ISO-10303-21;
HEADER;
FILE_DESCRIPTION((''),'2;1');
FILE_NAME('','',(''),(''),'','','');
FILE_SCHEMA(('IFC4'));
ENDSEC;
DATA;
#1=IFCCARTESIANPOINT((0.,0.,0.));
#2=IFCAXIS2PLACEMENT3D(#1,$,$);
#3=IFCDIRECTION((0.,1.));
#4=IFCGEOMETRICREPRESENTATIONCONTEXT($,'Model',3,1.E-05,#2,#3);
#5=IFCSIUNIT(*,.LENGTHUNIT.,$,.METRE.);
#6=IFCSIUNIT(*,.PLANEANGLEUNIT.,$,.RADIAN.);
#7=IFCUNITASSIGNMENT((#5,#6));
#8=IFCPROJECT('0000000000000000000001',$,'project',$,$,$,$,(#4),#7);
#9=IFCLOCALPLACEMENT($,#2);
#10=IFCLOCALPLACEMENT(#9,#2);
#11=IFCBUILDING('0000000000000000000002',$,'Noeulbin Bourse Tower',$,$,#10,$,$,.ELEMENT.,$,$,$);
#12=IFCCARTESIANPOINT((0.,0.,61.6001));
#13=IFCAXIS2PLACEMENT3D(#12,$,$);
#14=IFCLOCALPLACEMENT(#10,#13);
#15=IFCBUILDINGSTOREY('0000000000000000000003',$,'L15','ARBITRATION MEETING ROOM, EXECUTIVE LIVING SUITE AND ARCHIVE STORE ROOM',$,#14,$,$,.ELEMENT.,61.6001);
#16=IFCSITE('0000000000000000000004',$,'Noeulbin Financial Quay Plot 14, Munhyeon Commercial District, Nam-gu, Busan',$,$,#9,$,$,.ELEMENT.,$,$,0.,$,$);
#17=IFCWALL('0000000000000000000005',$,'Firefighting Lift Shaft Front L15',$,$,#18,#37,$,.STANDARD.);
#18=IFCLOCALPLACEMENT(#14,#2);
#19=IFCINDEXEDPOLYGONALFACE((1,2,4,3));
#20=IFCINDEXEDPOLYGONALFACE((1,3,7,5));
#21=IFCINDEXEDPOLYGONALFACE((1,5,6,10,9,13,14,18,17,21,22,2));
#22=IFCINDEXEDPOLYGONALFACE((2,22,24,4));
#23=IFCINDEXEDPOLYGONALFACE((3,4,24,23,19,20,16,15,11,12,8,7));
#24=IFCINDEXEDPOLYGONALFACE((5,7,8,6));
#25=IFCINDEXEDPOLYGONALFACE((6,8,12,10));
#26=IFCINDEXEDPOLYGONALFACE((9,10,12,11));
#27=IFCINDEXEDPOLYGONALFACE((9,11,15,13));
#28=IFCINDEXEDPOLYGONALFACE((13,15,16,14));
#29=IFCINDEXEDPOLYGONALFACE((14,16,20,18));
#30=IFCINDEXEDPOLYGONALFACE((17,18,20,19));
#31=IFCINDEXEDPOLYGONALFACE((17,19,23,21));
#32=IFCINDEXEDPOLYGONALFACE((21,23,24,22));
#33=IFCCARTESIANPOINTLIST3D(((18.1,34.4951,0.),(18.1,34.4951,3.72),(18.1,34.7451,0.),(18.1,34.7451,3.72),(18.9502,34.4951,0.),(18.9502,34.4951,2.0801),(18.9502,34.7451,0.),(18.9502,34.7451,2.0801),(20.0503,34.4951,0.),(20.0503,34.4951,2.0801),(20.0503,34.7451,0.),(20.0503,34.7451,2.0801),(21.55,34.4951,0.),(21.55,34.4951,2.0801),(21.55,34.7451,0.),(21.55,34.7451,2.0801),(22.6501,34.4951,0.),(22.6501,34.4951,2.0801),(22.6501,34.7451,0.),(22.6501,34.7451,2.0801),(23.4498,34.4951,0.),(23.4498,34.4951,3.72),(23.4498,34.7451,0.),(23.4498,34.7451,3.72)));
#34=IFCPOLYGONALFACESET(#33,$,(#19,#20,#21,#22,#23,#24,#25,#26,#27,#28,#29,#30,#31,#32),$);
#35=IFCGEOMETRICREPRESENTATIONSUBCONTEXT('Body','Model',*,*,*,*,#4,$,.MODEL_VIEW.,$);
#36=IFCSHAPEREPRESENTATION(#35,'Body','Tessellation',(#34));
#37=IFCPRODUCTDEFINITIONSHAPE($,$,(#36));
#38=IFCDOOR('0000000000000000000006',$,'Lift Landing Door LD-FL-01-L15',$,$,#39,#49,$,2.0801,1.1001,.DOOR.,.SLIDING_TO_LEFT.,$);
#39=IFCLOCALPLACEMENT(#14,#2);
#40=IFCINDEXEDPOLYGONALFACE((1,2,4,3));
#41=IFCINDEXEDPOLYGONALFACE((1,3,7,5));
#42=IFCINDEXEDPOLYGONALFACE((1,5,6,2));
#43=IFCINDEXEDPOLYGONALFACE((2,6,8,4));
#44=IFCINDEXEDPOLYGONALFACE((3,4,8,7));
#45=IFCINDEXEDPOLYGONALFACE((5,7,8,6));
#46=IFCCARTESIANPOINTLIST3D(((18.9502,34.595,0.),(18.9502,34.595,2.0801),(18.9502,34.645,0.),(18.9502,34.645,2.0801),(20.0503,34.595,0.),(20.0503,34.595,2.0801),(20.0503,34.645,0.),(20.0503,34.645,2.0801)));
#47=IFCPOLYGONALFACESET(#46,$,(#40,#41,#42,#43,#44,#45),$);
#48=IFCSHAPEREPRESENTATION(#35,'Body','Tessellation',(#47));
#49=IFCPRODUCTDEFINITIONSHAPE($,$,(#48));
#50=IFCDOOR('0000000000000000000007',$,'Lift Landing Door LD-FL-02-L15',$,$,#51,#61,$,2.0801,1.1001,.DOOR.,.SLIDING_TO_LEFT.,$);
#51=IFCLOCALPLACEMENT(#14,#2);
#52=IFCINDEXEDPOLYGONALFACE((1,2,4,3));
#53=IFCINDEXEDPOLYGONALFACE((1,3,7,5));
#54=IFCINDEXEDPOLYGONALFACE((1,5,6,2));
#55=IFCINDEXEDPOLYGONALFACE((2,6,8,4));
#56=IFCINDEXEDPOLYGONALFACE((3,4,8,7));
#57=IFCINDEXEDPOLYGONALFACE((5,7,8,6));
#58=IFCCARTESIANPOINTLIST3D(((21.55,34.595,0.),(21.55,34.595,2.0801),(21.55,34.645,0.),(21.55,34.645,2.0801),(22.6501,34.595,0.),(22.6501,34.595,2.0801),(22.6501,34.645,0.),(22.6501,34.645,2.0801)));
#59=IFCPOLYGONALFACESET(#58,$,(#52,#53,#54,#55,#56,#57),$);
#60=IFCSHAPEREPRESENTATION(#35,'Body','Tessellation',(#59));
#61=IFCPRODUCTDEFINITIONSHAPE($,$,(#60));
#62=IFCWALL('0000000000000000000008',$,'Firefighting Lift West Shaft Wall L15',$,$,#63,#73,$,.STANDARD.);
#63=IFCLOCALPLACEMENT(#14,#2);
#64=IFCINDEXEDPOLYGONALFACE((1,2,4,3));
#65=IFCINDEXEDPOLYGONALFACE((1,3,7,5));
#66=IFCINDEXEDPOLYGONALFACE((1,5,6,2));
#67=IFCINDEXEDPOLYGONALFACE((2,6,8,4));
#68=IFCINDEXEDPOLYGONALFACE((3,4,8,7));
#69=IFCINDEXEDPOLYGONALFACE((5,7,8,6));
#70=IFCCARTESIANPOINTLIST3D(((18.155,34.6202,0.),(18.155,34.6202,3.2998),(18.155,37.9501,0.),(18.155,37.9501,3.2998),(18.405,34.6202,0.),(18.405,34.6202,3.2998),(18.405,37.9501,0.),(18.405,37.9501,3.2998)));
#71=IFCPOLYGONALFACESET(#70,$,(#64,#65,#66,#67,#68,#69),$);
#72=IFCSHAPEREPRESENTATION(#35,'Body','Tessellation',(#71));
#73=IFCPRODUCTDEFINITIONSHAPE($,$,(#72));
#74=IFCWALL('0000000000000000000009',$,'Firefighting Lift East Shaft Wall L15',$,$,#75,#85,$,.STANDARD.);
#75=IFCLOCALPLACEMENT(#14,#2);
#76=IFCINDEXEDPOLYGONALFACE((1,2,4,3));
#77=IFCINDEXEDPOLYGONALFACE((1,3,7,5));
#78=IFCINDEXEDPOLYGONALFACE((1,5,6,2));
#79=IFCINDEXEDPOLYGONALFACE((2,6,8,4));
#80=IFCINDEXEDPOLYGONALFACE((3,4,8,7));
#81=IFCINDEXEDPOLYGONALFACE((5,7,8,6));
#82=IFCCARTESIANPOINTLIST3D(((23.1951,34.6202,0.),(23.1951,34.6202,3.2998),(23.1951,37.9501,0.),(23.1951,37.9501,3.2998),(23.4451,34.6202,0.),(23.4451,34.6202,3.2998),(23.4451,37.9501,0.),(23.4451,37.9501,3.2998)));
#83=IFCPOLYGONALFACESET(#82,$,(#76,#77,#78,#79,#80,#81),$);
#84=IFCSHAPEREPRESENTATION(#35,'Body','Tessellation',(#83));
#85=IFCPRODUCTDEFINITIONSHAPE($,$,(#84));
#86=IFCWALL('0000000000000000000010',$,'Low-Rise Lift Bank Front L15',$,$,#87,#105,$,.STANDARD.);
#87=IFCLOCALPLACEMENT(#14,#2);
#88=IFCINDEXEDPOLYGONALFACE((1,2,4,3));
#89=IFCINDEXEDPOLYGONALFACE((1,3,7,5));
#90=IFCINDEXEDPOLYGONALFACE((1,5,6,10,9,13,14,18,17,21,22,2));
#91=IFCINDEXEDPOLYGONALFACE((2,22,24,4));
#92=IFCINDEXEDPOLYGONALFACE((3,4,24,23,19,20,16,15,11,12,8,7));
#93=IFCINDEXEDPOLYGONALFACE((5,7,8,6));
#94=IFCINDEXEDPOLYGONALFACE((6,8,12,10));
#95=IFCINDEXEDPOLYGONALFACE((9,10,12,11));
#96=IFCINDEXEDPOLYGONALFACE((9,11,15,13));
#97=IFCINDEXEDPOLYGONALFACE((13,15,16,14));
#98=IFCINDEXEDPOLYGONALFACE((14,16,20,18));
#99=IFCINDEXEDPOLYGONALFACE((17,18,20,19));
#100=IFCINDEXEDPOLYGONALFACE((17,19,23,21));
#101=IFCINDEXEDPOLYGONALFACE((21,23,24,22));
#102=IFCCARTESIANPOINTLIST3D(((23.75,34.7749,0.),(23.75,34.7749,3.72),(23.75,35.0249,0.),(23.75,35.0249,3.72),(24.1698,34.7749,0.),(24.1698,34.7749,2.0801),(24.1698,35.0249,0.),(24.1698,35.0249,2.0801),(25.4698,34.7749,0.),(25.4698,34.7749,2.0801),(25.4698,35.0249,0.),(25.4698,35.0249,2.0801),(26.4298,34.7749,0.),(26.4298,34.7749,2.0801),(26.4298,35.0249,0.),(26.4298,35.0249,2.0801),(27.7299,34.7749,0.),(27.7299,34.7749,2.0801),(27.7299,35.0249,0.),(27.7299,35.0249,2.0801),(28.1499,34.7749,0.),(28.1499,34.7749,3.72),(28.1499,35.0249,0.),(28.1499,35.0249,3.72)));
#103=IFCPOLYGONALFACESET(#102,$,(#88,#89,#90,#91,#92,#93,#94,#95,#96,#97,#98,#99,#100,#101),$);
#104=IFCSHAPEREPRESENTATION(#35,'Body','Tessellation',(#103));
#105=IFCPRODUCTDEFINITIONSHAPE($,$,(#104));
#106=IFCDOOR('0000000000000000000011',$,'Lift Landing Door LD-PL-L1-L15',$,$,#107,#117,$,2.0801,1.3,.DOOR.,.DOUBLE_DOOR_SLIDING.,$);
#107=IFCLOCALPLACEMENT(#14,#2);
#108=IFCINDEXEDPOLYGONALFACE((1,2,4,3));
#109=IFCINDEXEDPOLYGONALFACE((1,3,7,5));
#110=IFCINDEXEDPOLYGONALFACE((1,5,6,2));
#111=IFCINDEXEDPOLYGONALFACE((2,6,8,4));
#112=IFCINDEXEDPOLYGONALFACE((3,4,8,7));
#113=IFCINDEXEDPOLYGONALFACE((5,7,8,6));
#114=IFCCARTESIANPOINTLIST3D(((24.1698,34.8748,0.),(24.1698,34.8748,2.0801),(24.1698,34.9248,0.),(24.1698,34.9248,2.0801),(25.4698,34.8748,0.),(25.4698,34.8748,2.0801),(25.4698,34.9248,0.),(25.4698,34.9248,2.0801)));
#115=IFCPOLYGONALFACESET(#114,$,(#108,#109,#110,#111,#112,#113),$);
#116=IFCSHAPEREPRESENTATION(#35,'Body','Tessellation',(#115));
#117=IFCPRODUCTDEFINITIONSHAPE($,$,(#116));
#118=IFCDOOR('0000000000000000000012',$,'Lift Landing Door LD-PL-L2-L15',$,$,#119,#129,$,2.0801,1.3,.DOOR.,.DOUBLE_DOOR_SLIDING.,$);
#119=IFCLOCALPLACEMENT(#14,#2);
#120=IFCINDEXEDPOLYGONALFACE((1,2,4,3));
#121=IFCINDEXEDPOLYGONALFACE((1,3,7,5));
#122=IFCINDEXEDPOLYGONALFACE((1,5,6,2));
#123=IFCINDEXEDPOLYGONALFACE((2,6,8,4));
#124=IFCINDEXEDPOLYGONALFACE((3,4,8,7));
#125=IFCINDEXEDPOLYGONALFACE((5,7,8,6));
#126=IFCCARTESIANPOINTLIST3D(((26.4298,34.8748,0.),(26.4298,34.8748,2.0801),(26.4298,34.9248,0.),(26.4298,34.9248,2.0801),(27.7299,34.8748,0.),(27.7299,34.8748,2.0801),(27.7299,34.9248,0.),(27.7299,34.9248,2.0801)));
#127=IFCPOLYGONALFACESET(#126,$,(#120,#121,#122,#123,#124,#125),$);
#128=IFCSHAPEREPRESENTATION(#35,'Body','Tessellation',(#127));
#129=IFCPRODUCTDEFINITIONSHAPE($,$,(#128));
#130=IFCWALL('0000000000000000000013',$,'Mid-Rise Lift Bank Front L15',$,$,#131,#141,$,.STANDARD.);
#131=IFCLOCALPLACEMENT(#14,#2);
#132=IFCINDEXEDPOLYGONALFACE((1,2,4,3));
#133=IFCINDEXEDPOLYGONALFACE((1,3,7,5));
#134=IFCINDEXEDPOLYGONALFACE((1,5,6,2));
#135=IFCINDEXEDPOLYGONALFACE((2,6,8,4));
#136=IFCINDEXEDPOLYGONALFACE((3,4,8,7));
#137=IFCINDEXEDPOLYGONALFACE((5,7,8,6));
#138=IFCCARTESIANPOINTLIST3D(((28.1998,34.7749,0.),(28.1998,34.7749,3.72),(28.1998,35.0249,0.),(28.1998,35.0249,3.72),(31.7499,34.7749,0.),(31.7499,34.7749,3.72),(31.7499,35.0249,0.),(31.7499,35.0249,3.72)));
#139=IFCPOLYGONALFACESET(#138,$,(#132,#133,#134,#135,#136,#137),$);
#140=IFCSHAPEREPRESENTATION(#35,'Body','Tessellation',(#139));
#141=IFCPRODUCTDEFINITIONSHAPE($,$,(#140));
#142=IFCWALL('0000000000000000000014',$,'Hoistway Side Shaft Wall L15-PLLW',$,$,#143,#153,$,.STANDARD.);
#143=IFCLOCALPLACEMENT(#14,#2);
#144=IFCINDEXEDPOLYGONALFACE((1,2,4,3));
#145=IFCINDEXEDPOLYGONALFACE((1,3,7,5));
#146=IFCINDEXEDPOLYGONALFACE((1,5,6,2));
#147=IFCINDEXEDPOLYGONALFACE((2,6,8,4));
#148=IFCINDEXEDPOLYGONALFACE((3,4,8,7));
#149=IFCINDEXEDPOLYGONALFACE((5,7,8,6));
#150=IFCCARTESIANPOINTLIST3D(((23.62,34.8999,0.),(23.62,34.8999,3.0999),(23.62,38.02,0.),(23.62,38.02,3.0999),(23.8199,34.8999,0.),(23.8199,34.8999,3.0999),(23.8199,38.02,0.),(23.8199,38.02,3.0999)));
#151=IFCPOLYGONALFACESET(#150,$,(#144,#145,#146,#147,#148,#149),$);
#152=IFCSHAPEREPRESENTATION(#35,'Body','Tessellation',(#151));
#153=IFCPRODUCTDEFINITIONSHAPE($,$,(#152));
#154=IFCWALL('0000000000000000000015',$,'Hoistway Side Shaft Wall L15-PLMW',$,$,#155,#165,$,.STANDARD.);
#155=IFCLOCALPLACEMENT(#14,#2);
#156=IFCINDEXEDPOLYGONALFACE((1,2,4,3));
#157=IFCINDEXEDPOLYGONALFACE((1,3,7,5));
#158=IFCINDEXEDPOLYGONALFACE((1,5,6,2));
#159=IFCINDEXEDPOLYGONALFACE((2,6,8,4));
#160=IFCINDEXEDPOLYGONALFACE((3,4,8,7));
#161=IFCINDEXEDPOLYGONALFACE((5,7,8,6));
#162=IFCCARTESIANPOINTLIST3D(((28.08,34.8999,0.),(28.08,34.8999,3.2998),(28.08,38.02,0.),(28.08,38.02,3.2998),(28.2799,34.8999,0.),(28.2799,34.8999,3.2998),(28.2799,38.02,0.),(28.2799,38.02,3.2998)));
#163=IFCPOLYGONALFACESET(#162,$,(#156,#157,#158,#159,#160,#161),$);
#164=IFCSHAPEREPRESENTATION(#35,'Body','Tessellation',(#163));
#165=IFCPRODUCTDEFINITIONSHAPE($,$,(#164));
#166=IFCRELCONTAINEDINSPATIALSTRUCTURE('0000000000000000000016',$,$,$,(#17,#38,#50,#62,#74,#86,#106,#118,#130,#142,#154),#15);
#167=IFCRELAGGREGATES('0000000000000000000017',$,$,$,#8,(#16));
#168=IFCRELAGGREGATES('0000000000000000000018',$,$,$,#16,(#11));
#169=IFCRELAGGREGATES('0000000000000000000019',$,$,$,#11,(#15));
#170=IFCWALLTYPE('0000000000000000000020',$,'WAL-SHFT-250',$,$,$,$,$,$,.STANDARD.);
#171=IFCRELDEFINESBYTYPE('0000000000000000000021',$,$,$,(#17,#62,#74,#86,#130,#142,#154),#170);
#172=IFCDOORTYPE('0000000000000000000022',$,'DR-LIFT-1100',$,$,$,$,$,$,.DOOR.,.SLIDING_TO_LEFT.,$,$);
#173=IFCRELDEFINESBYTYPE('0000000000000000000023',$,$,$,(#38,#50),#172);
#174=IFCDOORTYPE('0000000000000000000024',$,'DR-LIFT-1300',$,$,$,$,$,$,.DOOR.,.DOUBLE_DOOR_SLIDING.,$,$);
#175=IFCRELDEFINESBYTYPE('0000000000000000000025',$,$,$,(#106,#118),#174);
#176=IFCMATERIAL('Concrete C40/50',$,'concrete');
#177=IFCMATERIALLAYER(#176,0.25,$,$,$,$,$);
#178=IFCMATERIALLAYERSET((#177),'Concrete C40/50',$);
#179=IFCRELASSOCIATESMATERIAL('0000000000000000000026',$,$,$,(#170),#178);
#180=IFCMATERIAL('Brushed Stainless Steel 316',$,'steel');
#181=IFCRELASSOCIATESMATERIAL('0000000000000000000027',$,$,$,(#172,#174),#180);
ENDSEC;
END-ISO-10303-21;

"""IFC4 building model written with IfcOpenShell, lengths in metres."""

from ifc_helpers import new_model, si_unit, direction, frame, frame_2d, origin, place, context, subcontext, project, spatial, rectangle, extrude, material, layer, layer_set, type_object, element, fill, save


model = new_model("IFC4")

# Units and contexts
model_context = context("Model", 3, precision=1e-05, world=origin(), true_north=direction((0.0, 1.0)))
body_context = subcontext(model_context, "Body", "Model", "MODEL_VIEW")
ifc_project = project(units=[si_unit("LENGTHUNIT", "METRE"), si_unit("PLANEANGLEUNIT", "RADIAN")], contexts=[model_context])

# Site, building, storey
site_placement = place(None, origin())
site = spatial("IfcSite", under=ifc_project, at=site_placement, Name="Noeulbin Financial Quay Plot 14, Munhyeon Commercial District, Nam-gu, Busan", CompositionType="ELEMENT", RefElevation=0.0)
building_placement = place(site_placement, origin())
building = spatial("IfcBuilding", under=site, at=building_placement, Name="Noeulbin Bourse Tower", CompositionType="ELEMENT")
storey_placement = place(building_placement, frame((0.0, 0.0, 61.6001)))
storey = spatial("IfcBuildingStorey", under=building, at=storey_placement, Name="L15", Description="ARBITRATION MEETING ROOM, EXECUTIVE LIVING SUITE AND ARCHIVE STORE ROOM", CompositionType="ELEMENT", Elevation=61.6001)

# Shared definitions
ifc_material_1 = material(Name="Concrete C40/50", Category="concrete")
ifc_layer_1 = layer(ifc_material_1, 0.25)
ifc_layer_set_1 = layer_set([ifc_layer_1], Name="Concrete C40/50")
wall_type_1 = type_object("IfcWallType", Name="WAL-SHFT-250", PredefinedType="STANDARD", material=ifc_layer_set_1)

# Wall, openings, doors
wall_1_placement = place(storey_placement, frame((18.1001, 34.6201, 0.0), z_axis=(0.0, 0.0, 1.0), x_axis=(1.0, 0.0, 0.0)))
wall_1 = element("IfcWall", 1, at=wall_1_placement, inside=storey, type_object=wall_type_1, Name="Firefighting Lift Shaft Front L15", PredefinedType="STANDARD", context=body_context, shape_type="SweptSolid", body=[
    extrude(rectangle(XDim=5.3499, YDim=0.25, at=frame_2d((2.6748, 0.0))), origin(), (0.0, 0.0, 1.0), 3.72),
])
opening_1_placement = place(wall_1_placement, frame((0.8501, 0.0, 0.0)))
opening_1 = element("IfcOpeningElement", 2, at=opening_1_placement, cuts=wall_1, PredefinedType="OPENING", context=body_context, shape_type="SweptSolid", body=[
    extrude(rectangle(XDim=1.1001, YDim=2.0801, at=frame_2d((0.55, 1.04))), frame((0.0, 0.135, 0.0), z_axis=(0.0, -1.0, 0.0), x_axis=(1.0, 0.0, 0.0)), (0.0, 0.0, 1.0), 0.27),
])
opening_2_placement = place(wall_1_placement, frame((3.45, 0.0, 0.0)))
opening_2 = element("IfcOpeningElement", 3, at=opening_2_placement, cuts=wall_1, PredefinedType="OPENING", context=body_context, shape_type="SweptSolid", body=[
    extrude(rectangle(XDim=1.1001, YDim=2.0801, at=frame_2d((0.55, 1.04))), frame((0.0, 0.135, 0.0), z_axis=(0.0, -1.0, 0.0), x_axis=(1.0, 0.0, 0.0)), (0.0, 0.0, 1.0), 0.27),
])
ifc_material_2 = material(Name="Brushed Stainless Steel 316", Category="steel")
door_type_1 = type_object("IfcDoorType", Name="DR-LIFT-1100", OperationType="SLIDING_TO_LEFT", PredefinedType="DOOR", material=ifc_material_2)
door_1_placement = place(opening_1_placement, origin())
door_1 = element("IfcDoor", 4, at=door_1_placement, inside=storey, type_object=door_type_1, Name="Lift Landing Door LD-FL-01-L15", OperationType="SLIDING_TO_LEFT", OverallHeight=2.0801, OverallWidth=1.1001, PredefinedType="DOOR", context=body_context, shape_type="SweptSolid", body=[
    extrude(rectangle(XDim=1.1001, YDim=2.0801, at=frame_2d((0.55, 1.04))), frame((0.0, 0.0249, 0.0), z_axis=(0.0, -1.0, 0.0), x_axis=(1.0, 0.0, 0.0)), (0.0, 0.0, 1.0), 0.05),
])
fill(opening_1, door_1)
door_2_placement = place(opening_2_placement, origin())
door_2 = element("IfcDoor", 5, at=door_2_placement, inside=storey, type_object=door_type_1, Name="Lift Landing Door LD-FL-02-L15", OperationType="SLIDING_TO_LEFT", OverallHeight=2.0801, OverallWidth=1.1001, PredefinedType="DOOR", context=body_context, shape_type="SweptSolid", body=[
    extrude(rectangle(XDim=1.1001, YDim=2.0801, at=frame_2d((0.55, 1.04))), frame((0.0, 0.0249, 0.0), z_axis=(0.0, -1.0, 0.0), x_axis=(1.0, 0.0, 0.0)), (0.0, 0.0, 1.0), 0.05),
])
fill(opening_2, door_2)

# Walls
for number, where, z_axis, x_axis, name in (
    (6, (18.28, 34.6201, 0.0), (0.0, 0.0, 1.0), (0.0, 1.0, 0.0), "Firefighting Lift West Shaft Wall L15"),
    (7, (23.3201, 34.6201, 0.0), (0.0, 0.0, 1.0), (0.0, 1.0, 0.0), "Firefighting Lift East Shaft Wall L15"),
):
    element("IfcWall", number, at=place(storey_placement, frame(where, z_axis=z_axis, x_axis=x_axis)), inside=storey, type_object=wall_type_1, Name=name, PredefinedType="STANDARD", context=body_context, shape_type="SweptSolid", body=[
        extrude(rectangle(XDim=3.3298, YDim=0.25, at=frame_2d((1.665, 0.0))), origin(), (0.0, 0.0, 1.0), 3.2998),
    ])

# Wall, openings, doors
wall_2_placement = place(storey_placement, frame((23.75, 34.8999, 0.0), z_axis=(0.0, 0.0, 1.0), x_axis=(1.0, 0.0, 0.0)))
wall_2 = element("IfcWall", 8, at=wall_2_placement, inside=storey, type_object=wall_type_1, Name="Low-Rise Lift Bank Front L15", PredefinedType="STANDARD", context=body_context, shape_type="SweptSolid", body=[
    extrude(rectangle(XDim=4.3999, YDim=0.25, at=frame_2d((2.2, 0.0))), origin(), (0.0, 0.0, 1.0), 3.72),
])
opening_3_placement = place(wall_2_placement, frame((0.4199, 0.0, 0.0)))
opening_3 = element("IfcOpeningElement", 9, at=opening_3_placement, cuts=wall_2, PredefinedType="OPENING", context=body_context, shape_type="SweptSolid", body=[
    extrude(rectangle(XDim=1.3, YDim=2.0801, at=frame_2d((0.6499, 1.04))), frame((0.0, 0.135, 0.0), z_axis=(0.0, -1.0, 0.0), x_axis=(1.0, 0.0, 0.0)), (0.0, 0.0, 1.0), 0.27),
])
opening_4_placement = place(wall_2_placement, frame((2.6799, 0.0, 0.0)))
opening_4 = element("IfcOpeningElement", 10, at=opening_4_placement, cuts=wall_2, PredefinedType="OPENING", context=body_context, shape_type="SweptSolid", body=[
    extrude(rectangle(XDim=1.3, YDim=2.0801, at=frame_2d((0.6499, 1.04))), frame((0.0, 0.135, 0.0), z_axis=(0.0, -1.0, 0.0), x_axis=(1.0, 0.0, 0.0)), (0.0, 0.0, 1.0), 0.27),
])
door_type_2 = type_object("IfcDoorType", Name="DR-LIFT-1300", OperationType="DOUBLE_DOOR_SLIDING", PredefinedType="DOOR", material=ifc_material_2)
door_3_placement = place(opening_3_placement, origin())
door_3 = element("IfcDoor", 11, at=door_3_placement, inside=storey, type_object=door_type_2, Name="Lift Landing Door LD-PL-L1-L15", OperationType="DOUBLE_DOOR_SLIDING", OverallHeight=2.0801, OverallWidth=1.3, PredefinedType="DOOR", context=body_context, shape_type="SweptSolid", body=[
    extrude(rectangle(XDim=1.3, YDim=2.0801, at=frame_2d((0.6499, 1.04))), frame((0.0, 0.0249, 0.0), z_axis=(0.0, -1.0, 0.0), x_axis=(1.0, 0.0, 0.0)), (0.0, 0.0, 1.0), 0.05),
])
fill(opening_3, door_3)
door_4_placement = place(opening_4_placement, origin())
door_4 = element("IfcDoor", 12, at=door_4_placement, inside=storey, type_object=door_type_2, Name="Lift Landing Door LD-PL-L2-L15", OperationType="DOUBLE_DOOR_SLIDING", OverallHeight=2.0801, OverallWidth=1.3, PredefinedType="DOOR", context=body_context, shape_type="SweptSolid", body=[
    extrude(rectangle(XDim=1.3, YDim=2.0801, at=frame_2d((0.6499, 1.04))), frame((0.0, 0.0249, 0.0), z_axis=(0.0, -1.0, 0.0), x_axis=(1.0, 0.0, 0.0)), (0.0, 0.0, 1.0), 0.05),
])
fill(opening_4, door_4)

# Walls
wall_3_placement = place(storey_placement, frame((28.2, 34.8999, 0.0), z_axis=(0.0, 0.0, 1.0), x_axis=(1.0, 0.0, 0.0)))
element("IfcWall", 13, at=wall_3_placement, inside=storey, type_object=wall_type_1, Name="Mid-Rise Lift Bank Front L15", PredefinedType="STANDARD", context=body_context, shape_type="SweptSolid", body=[
    extrude(rectangle(XDim=3.55, YDim=0.25, at=frame_2d((1.7749, 0.0))), origin(), (0.0, 0.0, 1.0), 3.72),
])
wall_4_placement = place(storey_placement, frame((23.72, 34.8999, 0.0), z_axis=(0.0, 0.0, 1.0), x_axis=(0.0, 1.0, 0.0)))
element("IfcWall", 14, at=wall_4_placement, inside=storey, type_object=wall_type_1, Name="Hoistway Side Shaft Wall L15-PLLW", PredefinedType="STANDARD", context=body_context, shape_type="SweptSolid", body=[
    extrude(rectangle(XDim=3.1201, YDim=0.2, at=frame_2d((1.5601, 0.0))), origin(), (0.0, 0.0, 1.0), 3.0999),
])
wall_5_placement = place(storey_placement, frame((28.1799, 34.8999, 0.0), z_axis=(0.0, 0.0, 1.0), x_axis=(0.0, 1.0, 0.0)))
element("IfcWall", 15, at=wall_5_placement, inside=storey, type_object=wall_type_1, Name="Hoistway Side Shaft Wall L15-PLMW", PredefinedType="STANDARD", context=body_context, shape_type="SweptSolid", body=[
    extrude(rectangle(XDim=3.1201, YDim=0.2, at=frame_2d((1.5601, 0.0))), origin(), (0.0, 0.0, 1.0), 3.2998),
])

save(model, "model.ifc")
